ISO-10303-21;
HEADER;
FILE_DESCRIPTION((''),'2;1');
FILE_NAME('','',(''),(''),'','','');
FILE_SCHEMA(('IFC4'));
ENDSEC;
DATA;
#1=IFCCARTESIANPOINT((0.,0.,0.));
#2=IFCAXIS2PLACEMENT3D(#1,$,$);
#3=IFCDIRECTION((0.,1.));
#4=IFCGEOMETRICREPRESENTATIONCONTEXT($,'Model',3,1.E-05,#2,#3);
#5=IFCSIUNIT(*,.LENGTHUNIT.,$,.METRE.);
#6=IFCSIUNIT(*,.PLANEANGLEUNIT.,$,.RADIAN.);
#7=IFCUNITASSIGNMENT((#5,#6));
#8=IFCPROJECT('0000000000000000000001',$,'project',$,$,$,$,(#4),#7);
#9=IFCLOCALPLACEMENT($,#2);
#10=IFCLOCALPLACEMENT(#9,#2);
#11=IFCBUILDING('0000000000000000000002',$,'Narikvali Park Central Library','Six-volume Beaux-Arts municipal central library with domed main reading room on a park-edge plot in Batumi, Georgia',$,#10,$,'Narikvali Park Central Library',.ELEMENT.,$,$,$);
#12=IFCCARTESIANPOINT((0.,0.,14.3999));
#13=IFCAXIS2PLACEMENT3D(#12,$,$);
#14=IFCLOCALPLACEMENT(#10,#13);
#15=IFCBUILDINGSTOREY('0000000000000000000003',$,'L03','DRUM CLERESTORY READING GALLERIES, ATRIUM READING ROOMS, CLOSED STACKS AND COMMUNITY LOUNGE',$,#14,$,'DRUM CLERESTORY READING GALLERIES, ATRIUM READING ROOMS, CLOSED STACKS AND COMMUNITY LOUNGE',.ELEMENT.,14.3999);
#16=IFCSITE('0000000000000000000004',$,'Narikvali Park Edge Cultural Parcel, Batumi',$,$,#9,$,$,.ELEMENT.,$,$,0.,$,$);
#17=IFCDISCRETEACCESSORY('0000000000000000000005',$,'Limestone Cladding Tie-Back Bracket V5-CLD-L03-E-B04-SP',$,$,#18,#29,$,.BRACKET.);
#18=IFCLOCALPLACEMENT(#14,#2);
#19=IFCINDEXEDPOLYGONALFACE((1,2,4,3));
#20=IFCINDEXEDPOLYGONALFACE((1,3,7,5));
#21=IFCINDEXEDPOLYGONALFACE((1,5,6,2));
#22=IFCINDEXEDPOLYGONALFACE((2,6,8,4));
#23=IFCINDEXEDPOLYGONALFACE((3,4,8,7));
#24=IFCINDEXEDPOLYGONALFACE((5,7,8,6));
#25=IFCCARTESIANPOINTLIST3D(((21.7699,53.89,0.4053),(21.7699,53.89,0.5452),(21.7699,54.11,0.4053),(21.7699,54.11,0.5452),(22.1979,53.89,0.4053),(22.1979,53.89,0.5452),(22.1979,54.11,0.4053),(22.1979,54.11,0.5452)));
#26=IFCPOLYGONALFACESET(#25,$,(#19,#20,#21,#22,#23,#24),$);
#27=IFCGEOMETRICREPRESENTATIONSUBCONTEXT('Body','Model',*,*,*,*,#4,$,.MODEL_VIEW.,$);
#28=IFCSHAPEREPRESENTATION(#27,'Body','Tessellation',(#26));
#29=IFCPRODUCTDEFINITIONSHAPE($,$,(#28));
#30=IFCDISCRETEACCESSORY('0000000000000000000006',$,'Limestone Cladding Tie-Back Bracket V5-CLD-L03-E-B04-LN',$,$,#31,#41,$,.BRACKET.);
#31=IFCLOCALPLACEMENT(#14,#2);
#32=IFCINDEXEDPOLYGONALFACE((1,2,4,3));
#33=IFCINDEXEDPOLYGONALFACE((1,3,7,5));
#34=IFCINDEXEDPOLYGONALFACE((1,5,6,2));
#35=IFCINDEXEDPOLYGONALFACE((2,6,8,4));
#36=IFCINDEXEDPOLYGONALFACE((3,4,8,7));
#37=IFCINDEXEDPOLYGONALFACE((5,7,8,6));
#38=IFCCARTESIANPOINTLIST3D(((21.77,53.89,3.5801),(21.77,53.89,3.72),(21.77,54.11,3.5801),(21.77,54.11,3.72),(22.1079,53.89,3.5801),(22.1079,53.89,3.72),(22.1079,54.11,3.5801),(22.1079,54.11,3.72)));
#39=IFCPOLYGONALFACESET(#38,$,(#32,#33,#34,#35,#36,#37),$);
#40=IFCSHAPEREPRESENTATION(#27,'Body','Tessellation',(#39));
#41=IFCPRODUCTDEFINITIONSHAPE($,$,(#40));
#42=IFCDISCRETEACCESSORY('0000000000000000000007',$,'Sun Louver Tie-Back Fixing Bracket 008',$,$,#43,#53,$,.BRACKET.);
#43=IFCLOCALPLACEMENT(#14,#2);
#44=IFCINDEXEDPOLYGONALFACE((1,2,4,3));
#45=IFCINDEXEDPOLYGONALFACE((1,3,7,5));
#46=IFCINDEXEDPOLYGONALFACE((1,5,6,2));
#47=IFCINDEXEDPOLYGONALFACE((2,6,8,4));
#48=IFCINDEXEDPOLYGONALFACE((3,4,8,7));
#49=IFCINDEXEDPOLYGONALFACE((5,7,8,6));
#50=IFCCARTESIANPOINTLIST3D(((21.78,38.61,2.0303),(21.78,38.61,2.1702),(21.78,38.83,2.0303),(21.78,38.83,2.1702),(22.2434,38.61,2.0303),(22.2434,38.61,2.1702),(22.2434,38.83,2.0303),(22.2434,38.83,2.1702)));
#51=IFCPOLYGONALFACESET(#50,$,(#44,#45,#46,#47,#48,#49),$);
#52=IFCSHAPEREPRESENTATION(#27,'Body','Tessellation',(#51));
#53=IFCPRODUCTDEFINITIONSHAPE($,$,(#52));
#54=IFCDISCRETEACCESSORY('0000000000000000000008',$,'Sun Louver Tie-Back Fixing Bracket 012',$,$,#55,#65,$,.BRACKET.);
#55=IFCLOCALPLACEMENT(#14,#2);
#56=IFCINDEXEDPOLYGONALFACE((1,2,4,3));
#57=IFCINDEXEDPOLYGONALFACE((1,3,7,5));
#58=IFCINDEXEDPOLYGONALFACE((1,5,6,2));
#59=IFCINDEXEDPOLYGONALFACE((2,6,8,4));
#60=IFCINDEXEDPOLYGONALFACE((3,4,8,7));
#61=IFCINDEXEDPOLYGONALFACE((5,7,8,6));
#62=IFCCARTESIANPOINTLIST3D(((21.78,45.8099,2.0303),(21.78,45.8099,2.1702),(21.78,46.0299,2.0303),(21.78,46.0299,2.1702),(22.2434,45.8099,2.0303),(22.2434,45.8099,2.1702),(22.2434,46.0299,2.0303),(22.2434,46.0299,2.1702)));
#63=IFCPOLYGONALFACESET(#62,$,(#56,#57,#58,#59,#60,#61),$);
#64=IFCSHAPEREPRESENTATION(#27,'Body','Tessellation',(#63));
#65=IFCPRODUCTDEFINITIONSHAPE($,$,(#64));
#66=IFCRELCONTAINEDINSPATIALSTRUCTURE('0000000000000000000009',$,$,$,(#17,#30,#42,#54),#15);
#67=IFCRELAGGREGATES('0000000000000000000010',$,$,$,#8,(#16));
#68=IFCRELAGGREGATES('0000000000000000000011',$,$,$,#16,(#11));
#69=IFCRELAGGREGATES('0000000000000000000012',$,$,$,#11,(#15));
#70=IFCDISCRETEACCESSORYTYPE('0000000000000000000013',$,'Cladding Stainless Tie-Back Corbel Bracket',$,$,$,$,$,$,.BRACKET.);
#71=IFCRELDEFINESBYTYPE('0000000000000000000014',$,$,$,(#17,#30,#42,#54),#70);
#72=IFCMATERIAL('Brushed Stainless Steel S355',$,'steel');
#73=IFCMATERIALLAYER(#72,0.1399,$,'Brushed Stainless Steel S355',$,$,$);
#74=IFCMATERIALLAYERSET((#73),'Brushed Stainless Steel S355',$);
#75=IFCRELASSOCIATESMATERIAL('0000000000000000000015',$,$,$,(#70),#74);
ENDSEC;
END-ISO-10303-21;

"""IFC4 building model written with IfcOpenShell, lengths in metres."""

from ifc_helpers import new_model, si_unit, direction, frame, origin, origin_2d, place, context, subcontext, project, spatial, rectangle, extrude, material, layer, layer_set, type_object, element, save


model = new_model("IFC4")

# Units and contexts
model_context = context("Model", 3, precision=1e-05, world=origin(), true_north=direction((0.0, 1.0)))
body_context = subcontext(model_context, "Body", "Model", "MODEL_VIEW")
ifc_project = project(units=[si_unit("LENGTHUNIT", "METRE"), si_unit("PLANEANGLEUNIT", "RADIAN")], contexts=[model_context])

# Site, building, storey
site_placement = place(None, origin())
site = spatial("IfcSite", under=ifc_project, at=site_placement, Name="Narikvali Park Edge Cultural Parcel, Batumi", CompositionType="ELEMENT", RefElevation=0.0)
building_placement = place(site_placement, origin())
building = spatial("IfcBuilding", under=site, at=building_placement, Name="Narikvali Park Central Library", Description="Six-volume Beaux-Arts municipal central library with domed main reading room on a park-edge plot in Batumi, Georgia", LongName="Narikvali Park Central Library", CompositionType="ELEMENT")
storey_placement = place(building_placement, frame((0.0, 0.0, 14.3999)))
storey = spatial("IfcBuildingStorey", under=building, at=storey_placement, Name="L03", Description="DRUM CLERESTORY READING GALLERIES, ATRIUM READING ROOMS, CLOSED STACKS AND COMMUNITY LOUNGE", LongName="DRUM CLERESTORY READING GALLERIES, ATRIUM READING ROOMS, CLOSED STACKS AND COMMUNITY LOUNGE", CompositionType="ELEMENT", Elevation=14.3999)

# Discrete accessories
ifc_material_1 = material(Name="Brushed Stainless Steel S355", Category="steel")
ifc_layer_1 = layer(ifc_material_1, 0.1399, Name="Brushed Stainless Steel S355")
ifc_layer_set_1 = layer_set([ifc_layer_1], Name="Brushed Stainless Steel S355")
discrete_accessory_type = type_object("IfcDiscreteAccessoryType", Name="Cladding Stainless Tie-Back Corbel Bracket", PredefinedType="BRACKET", material=ifc_layer_set_1)
discrete_accessory_1_placement = place(storey_placement, frame((21.9839, 54.0, 0.4053), z_axis=(0.0, 0.0, 1.0), x_axis=(1.0, 0.0, 0.0)))
element("IfcDiscreteAccessory", 1, at=discrete_accessory_1_placement, inside=storey, type_object=discrete_accessory_type, Name="Limestone Cladding Tie-Back Bracket V5-CLD-L03-E-B04-SP", PredefinedType="BRACKET", context=body_context, shape_type="SweptSolid", body=[
    extrude(rectangle(XDim=0.428, YDim=0.22, at=origin_2d()), origin(), (0.0, 0.0, 1.0), 0.1399),
])
discrete_accessory_2_placement = place(storey_placement, frame((21.939, 54.0, 3.5801), z_axis=(0.0, 0.0, 1.0), x_axis=(1.0, 0.0, 0.0)))
element("IfcDiscreteAccessory", 2, at=discrete_accessory_2_placement, inside=storey, type_object=discrete_accessory_type, Name="Limestone Cladding Tie-Back Bracket V5-CLD-L03-E-B04-LN", PredefinedType="BRACKET", context=body_context, shape_type="SweptSolid", body=[
    extrude(rectangle(XDim=0.3379, YDim=0.22, at=origin_2d()), origin(), (0.0, 0.0, 1.0), 0.1399),
])
for number, where, z_axis, x_axis, name in (
    (3, (22.0117, 38.72, 2.0303), (0.0, 0.0, 1.0), (1.0, 0.0, 0.0), "Sun Louver Tie-Back Fixing Bracket 008"),
    (4, (22.0117, 45.9199, 2.0303), (0.0, 0.0, 1.0), (1.0, 0.0, 0.0), "Sun Louver Tie-Back Fixing Bracket 012"),
):
    element("IfcDiscreteAccessory", number, at=place(storey_placement, frame(where, z_axis=z_axis, x_axis=x_axis)), inside=storey, type_object=discrete_accessory_type, Name=name, PredefinedType="BRACKET", context=body_context, shape_type="SweptSolid", body=[
        extrude(rectangle(XDim=0.4634, YDim=0.22, at=origin_2d()), origin(), (0.0, 0.0, 1.0), 0.1399),
    ])

save(model, "model.ifc")
